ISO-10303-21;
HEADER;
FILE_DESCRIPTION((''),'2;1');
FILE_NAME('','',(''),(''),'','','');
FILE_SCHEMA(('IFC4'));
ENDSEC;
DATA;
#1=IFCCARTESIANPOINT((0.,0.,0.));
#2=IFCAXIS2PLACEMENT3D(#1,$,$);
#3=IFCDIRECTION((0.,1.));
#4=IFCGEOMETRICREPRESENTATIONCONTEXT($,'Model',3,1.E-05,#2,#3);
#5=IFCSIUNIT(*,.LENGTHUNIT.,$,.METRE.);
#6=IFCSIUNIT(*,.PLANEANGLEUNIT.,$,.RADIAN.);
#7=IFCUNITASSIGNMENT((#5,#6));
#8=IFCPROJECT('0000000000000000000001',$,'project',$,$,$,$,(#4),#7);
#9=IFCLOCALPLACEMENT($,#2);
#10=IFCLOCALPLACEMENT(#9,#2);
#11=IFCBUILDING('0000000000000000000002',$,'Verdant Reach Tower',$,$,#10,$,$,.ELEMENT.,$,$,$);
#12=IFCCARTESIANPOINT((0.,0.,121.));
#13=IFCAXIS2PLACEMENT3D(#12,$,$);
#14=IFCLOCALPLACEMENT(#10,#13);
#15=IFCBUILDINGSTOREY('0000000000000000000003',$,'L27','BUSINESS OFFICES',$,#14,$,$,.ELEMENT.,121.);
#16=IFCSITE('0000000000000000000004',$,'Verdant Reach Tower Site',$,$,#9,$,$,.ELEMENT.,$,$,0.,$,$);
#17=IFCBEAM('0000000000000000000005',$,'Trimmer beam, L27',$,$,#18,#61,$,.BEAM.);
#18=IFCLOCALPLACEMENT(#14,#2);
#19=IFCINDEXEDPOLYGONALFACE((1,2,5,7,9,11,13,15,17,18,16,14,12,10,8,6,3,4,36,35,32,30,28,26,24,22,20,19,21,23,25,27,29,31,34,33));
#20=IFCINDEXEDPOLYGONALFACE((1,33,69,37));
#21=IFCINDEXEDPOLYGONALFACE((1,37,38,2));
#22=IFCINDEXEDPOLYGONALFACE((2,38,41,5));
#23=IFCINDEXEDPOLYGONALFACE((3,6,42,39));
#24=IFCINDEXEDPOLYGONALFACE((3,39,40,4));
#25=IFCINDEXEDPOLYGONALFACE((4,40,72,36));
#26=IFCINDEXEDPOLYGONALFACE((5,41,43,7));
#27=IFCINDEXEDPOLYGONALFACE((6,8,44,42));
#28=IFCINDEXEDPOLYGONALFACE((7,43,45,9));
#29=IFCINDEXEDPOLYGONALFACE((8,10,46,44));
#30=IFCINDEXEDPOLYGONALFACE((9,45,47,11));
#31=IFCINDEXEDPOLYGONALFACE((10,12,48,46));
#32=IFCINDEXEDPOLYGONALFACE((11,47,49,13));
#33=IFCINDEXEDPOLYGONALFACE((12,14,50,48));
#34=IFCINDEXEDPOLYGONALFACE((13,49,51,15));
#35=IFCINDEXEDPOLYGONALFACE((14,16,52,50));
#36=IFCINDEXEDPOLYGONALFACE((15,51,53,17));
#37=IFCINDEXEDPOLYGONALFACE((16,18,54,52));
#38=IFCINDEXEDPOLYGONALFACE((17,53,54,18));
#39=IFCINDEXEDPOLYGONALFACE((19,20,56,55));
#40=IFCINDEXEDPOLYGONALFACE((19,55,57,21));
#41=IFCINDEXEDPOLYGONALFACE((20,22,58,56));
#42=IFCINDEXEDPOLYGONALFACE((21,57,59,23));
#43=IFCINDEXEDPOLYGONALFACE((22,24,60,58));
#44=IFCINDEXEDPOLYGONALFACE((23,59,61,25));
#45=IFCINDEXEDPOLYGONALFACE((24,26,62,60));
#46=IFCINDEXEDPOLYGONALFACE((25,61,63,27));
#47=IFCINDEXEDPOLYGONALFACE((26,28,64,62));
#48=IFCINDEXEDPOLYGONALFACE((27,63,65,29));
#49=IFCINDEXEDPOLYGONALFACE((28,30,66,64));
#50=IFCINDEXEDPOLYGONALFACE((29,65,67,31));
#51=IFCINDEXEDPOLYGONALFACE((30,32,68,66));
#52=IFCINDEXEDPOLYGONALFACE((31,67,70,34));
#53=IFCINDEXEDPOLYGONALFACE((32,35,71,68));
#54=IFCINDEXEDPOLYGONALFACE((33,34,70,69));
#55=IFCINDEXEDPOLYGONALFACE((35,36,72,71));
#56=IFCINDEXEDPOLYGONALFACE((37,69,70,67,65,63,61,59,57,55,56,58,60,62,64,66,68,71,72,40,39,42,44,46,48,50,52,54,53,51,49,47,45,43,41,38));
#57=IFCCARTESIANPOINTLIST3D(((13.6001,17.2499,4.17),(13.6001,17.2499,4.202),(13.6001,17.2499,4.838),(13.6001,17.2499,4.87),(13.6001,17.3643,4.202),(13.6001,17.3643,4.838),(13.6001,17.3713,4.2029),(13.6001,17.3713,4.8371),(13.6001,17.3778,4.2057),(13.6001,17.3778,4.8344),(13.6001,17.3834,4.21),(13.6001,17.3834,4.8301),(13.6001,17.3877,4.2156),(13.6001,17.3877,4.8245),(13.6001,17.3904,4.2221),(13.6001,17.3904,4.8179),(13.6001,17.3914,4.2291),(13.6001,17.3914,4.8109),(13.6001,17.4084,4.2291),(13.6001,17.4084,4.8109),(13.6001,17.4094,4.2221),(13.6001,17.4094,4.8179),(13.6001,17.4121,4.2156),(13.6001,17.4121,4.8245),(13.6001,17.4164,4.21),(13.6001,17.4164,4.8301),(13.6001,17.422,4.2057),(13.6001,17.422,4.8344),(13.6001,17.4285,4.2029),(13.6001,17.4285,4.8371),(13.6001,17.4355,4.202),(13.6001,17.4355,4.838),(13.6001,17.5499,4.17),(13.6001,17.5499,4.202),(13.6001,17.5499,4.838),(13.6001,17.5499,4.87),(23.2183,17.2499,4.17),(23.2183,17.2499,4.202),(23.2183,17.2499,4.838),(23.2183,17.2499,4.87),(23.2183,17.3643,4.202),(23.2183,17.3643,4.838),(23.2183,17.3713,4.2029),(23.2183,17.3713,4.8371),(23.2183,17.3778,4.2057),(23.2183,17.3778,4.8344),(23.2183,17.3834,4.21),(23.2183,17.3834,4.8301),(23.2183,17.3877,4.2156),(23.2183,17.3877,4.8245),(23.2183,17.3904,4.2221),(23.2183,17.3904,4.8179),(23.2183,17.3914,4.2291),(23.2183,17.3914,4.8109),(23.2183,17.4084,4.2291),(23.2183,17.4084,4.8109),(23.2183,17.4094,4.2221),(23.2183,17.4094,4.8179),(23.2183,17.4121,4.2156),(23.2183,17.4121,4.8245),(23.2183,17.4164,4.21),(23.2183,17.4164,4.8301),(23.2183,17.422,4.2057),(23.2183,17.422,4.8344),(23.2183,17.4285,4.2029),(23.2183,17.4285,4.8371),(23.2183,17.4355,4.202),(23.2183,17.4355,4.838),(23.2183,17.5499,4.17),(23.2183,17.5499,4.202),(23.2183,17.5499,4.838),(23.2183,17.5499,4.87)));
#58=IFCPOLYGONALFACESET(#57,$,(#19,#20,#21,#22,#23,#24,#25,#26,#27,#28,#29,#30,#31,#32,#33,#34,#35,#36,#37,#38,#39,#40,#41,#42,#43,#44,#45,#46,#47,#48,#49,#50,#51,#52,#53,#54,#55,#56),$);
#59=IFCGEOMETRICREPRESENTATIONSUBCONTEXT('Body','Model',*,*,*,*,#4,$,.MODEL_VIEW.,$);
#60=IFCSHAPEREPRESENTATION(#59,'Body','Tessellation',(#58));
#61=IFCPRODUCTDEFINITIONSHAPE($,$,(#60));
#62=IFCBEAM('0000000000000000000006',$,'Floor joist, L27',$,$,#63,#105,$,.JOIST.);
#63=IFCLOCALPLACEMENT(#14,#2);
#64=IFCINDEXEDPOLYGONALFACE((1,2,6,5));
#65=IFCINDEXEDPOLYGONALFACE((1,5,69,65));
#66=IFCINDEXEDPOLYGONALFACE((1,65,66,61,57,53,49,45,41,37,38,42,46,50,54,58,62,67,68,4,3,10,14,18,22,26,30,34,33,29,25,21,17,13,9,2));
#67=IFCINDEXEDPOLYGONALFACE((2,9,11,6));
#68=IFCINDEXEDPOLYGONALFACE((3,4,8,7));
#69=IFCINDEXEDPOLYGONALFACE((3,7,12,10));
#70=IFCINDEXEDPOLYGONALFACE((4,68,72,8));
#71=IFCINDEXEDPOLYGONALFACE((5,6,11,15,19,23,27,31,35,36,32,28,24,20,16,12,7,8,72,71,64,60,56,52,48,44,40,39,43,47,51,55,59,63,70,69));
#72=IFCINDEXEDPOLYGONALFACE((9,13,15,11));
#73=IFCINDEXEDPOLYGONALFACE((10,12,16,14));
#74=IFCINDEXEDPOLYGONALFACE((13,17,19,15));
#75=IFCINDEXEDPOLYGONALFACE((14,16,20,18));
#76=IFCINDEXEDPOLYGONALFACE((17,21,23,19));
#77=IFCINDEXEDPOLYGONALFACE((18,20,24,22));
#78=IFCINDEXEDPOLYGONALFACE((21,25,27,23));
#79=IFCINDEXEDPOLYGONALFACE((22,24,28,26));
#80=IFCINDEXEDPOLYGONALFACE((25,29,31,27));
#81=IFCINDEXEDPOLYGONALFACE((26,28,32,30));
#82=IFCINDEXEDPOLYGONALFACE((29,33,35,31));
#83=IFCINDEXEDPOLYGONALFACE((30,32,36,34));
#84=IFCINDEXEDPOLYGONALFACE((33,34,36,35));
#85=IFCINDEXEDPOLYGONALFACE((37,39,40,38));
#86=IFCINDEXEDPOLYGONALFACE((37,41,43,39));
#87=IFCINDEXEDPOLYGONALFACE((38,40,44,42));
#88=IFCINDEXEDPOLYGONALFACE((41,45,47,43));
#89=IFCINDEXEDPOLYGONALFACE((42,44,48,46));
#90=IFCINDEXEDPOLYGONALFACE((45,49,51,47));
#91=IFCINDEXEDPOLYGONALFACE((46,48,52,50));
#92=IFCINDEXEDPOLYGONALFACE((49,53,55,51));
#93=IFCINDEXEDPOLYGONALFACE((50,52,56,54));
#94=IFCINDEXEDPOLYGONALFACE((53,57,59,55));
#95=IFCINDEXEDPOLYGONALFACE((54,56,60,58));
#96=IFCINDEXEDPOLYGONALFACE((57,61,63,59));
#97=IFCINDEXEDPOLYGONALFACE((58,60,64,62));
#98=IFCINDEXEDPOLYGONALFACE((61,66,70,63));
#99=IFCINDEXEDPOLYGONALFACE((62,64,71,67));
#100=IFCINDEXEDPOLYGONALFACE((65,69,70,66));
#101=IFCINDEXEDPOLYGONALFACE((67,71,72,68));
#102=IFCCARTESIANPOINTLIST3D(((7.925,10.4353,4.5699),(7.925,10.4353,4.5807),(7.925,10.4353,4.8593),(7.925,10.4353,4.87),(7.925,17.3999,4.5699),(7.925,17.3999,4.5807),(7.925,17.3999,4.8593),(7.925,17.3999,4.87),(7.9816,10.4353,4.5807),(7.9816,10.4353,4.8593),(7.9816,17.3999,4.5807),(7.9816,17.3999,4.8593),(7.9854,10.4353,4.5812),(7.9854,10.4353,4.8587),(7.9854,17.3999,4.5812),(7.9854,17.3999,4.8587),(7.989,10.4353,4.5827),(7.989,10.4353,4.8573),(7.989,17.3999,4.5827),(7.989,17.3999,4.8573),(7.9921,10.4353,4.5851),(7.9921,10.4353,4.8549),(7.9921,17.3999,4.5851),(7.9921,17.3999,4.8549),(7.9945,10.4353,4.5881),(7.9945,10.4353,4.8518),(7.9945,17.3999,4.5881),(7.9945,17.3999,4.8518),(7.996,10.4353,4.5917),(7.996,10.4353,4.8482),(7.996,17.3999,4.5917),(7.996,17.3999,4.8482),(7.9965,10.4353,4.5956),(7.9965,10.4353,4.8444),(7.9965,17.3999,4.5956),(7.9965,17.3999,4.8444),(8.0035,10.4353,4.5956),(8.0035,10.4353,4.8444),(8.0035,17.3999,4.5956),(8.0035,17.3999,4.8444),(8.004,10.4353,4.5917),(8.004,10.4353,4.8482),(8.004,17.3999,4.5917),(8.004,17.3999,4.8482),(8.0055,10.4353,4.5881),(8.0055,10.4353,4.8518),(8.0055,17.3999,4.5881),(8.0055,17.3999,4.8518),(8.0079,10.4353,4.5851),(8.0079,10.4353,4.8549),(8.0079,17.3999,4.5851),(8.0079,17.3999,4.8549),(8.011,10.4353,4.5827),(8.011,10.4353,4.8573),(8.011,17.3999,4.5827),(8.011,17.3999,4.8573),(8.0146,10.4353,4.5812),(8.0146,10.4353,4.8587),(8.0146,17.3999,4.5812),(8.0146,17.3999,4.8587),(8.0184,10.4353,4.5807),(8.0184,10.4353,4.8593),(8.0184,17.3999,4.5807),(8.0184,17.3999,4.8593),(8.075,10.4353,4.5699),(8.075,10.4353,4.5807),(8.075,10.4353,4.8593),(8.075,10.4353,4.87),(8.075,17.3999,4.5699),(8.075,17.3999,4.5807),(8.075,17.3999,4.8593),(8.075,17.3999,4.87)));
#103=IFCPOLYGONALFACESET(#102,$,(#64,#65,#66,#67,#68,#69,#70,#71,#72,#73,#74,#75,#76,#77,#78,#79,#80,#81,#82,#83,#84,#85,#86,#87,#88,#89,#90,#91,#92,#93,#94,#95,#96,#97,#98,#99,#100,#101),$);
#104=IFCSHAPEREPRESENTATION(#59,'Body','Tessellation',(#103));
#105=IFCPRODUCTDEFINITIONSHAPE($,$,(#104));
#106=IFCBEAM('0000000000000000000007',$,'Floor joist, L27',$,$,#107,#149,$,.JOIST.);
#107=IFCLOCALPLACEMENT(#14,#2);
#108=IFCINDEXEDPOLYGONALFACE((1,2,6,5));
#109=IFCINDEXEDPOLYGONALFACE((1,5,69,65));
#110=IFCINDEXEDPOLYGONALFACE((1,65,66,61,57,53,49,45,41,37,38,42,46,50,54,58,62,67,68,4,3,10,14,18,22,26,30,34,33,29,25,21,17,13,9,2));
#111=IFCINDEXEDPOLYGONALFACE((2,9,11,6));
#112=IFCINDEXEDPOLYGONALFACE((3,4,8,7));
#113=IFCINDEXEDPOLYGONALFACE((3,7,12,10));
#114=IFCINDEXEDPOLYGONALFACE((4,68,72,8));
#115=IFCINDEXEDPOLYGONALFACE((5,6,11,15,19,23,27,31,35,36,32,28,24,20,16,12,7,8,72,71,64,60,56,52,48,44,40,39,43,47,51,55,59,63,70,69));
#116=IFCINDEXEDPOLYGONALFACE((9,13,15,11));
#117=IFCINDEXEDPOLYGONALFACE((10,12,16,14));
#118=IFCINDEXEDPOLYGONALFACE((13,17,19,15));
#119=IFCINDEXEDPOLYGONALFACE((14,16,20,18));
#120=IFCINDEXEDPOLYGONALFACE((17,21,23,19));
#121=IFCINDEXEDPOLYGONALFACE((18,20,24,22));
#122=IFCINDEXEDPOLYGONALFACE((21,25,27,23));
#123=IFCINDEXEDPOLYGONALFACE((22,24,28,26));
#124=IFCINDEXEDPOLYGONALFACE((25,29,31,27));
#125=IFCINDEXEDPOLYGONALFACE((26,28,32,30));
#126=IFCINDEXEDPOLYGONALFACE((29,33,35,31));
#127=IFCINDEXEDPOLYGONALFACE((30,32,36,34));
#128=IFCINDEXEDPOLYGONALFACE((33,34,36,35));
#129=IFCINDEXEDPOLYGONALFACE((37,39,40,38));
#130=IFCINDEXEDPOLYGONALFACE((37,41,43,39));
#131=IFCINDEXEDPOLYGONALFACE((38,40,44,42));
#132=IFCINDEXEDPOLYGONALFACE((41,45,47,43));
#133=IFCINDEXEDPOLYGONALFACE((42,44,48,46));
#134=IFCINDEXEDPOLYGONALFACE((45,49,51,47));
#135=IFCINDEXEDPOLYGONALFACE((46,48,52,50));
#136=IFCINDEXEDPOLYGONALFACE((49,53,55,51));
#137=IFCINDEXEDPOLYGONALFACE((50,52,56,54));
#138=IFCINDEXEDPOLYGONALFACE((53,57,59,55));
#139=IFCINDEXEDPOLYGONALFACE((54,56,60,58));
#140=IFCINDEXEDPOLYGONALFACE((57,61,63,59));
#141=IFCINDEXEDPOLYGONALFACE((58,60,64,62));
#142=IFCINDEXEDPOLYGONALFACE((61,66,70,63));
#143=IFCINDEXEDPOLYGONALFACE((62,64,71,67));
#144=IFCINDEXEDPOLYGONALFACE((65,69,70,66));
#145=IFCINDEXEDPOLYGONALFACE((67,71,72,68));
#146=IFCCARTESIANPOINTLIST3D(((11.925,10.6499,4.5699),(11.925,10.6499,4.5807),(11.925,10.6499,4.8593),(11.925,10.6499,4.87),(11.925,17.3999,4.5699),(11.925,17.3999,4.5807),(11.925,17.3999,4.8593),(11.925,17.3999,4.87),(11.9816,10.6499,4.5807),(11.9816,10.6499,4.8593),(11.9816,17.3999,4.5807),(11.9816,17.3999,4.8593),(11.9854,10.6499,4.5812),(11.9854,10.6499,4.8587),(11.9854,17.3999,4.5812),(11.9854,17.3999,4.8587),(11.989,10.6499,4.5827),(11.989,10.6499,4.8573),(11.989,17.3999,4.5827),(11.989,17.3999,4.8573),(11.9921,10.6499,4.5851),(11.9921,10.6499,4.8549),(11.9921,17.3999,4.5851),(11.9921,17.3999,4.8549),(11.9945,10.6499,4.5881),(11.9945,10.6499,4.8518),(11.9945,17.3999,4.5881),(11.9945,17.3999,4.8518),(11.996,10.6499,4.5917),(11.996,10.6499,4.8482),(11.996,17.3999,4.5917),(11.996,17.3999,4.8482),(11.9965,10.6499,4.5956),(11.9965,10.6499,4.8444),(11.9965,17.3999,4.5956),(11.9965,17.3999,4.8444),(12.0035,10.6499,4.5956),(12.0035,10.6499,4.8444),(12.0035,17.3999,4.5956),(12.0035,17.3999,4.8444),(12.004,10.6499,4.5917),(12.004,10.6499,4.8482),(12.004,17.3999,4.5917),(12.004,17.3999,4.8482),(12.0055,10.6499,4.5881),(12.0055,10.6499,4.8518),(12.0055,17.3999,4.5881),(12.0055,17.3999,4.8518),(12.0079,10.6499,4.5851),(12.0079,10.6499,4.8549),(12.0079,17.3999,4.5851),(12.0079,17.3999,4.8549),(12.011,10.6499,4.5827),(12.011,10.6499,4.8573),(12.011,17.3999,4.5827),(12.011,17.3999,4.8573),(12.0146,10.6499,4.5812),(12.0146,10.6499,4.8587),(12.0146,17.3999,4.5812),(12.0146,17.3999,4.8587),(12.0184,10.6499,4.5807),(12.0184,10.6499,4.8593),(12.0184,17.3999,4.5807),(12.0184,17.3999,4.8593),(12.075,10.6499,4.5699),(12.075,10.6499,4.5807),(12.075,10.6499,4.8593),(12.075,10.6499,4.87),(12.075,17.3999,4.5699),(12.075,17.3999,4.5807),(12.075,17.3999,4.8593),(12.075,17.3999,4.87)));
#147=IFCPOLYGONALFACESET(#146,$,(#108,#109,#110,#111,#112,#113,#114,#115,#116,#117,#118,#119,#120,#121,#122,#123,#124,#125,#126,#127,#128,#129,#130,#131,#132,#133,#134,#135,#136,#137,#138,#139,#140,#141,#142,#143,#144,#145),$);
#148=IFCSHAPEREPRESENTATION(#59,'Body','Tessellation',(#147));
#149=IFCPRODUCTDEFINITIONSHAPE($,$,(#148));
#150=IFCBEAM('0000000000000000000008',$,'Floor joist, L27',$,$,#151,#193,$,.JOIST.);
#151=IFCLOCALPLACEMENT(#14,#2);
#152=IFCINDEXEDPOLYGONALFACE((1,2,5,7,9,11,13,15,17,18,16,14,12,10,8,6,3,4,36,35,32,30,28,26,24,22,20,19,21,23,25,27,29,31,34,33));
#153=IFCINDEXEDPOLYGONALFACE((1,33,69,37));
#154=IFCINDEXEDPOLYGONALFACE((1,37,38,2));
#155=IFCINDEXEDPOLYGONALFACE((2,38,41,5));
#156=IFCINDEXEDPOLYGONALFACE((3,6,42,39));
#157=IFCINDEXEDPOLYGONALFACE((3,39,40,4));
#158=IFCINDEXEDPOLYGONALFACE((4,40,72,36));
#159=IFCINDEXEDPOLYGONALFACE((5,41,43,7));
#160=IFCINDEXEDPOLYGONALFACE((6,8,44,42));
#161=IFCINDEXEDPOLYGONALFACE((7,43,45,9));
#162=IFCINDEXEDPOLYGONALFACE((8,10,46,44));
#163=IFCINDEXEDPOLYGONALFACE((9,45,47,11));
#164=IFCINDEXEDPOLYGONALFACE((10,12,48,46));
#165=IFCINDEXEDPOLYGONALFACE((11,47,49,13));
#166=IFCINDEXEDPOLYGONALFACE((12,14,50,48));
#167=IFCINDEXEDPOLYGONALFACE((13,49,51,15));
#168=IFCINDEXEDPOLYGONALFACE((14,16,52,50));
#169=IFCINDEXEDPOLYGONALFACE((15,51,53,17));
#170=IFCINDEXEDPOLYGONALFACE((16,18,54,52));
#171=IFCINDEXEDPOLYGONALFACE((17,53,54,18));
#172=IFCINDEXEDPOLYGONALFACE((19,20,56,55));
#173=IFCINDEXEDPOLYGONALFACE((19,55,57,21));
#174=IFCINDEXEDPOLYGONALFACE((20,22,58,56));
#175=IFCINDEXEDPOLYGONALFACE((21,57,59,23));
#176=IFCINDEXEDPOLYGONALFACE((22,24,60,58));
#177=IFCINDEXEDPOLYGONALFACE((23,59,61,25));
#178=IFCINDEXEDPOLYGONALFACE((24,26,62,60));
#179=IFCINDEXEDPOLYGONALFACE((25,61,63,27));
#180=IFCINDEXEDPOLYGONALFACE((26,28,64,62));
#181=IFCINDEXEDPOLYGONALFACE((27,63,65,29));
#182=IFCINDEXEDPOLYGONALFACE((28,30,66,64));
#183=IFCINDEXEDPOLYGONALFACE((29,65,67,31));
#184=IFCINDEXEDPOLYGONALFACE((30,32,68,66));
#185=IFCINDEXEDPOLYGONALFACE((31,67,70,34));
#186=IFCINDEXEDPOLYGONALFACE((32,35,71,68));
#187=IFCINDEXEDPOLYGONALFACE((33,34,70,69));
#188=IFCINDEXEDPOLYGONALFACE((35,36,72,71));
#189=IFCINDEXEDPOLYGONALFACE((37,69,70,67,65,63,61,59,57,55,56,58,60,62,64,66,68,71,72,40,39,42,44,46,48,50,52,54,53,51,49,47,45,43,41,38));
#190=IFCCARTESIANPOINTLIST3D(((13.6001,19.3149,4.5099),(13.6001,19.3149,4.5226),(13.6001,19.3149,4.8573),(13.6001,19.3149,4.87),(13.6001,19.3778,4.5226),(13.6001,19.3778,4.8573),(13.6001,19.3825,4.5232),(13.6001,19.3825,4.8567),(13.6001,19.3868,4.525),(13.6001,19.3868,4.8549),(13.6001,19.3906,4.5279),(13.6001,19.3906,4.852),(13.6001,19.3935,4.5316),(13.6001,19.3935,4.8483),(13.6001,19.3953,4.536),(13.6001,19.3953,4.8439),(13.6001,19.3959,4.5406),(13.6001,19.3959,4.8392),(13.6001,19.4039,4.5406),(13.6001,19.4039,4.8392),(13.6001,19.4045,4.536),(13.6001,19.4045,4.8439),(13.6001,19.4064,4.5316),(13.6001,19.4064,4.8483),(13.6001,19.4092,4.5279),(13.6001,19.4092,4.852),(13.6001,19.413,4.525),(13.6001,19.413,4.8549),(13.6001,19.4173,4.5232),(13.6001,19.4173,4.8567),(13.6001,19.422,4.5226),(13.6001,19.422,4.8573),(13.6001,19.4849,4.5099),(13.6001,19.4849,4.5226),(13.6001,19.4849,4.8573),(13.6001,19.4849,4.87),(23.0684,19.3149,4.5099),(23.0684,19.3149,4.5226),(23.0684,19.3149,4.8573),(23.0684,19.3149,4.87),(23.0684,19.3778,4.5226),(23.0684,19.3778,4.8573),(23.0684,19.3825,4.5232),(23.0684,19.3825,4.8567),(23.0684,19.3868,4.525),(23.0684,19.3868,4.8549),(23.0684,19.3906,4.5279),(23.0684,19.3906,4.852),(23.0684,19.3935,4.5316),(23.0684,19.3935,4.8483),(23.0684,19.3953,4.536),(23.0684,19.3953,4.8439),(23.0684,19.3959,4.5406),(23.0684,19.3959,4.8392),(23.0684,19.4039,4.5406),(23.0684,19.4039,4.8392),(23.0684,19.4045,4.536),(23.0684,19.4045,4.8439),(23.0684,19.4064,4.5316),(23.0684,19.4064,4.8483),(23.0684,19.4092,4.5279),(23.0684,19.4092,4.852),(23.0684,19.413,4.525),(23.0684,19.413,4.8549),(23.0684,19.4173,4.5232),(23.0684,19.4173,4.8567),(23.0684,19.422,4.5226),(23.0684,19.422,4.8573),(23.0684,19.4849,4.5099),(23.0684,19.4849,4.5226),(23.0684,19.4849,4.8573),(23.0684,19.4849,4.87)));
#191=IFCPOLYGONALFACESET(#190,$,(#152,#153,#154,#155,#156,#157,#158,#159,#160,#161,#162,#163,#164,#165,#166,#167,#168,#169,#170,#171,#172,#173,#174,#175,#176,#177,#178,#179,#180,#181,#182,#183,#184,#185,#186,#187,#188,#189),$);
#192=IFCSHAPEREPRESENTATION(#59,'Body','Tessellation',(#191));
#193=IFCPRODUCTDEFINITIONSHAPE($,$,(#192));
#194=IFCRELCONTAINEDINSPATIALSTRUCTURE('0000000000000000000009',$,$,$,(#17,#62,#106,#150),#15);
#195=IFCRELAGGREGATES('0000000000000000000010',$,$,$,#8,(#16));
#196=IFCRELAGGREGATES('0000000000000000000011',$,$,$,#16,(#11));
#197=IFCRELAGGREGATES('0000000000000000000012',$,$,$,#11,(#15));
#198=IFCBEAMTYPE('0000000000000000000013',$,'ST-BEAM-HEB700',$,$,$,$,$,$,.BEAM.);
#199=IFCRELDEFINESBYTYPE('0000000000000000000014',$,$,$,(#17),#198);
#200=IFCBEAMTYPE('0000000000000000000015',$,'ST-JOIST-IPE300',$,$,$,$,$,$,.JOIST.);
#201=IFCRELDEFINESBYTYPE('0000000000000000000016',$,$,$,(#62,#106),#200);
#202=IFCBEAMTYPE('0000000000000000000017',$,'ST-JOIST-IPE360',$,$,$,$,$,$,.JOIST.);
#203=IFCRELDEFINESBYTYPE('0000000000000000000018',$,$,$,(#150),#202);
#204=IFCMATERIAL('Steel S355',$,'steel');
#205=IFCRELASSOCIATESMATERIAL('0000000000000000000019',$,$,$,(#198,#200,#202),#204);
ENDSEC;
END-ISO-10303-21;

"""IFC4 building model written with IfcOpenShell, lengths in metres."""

from ifc_helpers import new_model, si_unit, direction, frame, origin, origin_2d, place, context, subcontext, project, spatial, i_section, extrude, material, material_profile, profile_set, type_object, element, save


model = new_model("IFC4")

# Units and contexts
model_context = context("Model", 3, precision=1e-05, world=origin(), true_north=direction((0.0, 1.0)))
body_context = subcontext(model_context, "Body", "Model", "MODEL_VIEW")
ifc_project = project(units=[si_unit("LENGTHUNIT", "METRE"), si_unit("PLANEANGLEUNIT", "RADIAN")], contexts=[model_context])

# Site, building, storey
site_placement = place(None, origin())
site = spatial("IfcSite", under=ifc_project, at=site_placement, Name="Verdant Reach Tower Site", CompositionType="ELEMENT", RefElevation=0.0)
building_placement = place(site_placement, origin())
building = spatial("IfcBuilding", under=site, at=building_placement, Name="Verdant Reach Tower", CompositionType="ELEMENT")
storey_placement = place(building_placement, frame((0.0, 0.0, 121.0)))
storey = spatial("IfcBuildingStorey", under=building, at=storey_placement, Name="L27", Description="BUSINESS OFFICES", CompositionType="ELEMENT", Elevation=121.0)

# Beams
ifc_material_1 = material(Name="Steel S355", Category="steel")
ifc_material_profile_1 = material_profile(ifc_material_1, i_section(OverallWidth=0.3, OverallDepth=0.7, WebThickness=0.0171, FlangeThickness=0.032, FilletRadius=0.0271, at=origin_2d()), Name="HEB 700")
ifc_profile_set_1 = profile_set([ifc_material_profile_1], Name="Steel S355")
beam_type_1 = type_object("IfcBeamType", Name="ST-BEAM-HEB700", PredefinedType="BEAM", material=ifc_profile_set_1)
beam_1_placement = place(storey_placement, frame((13.6001, 17.3999, 4.52), z_axis=(1.0, 0.0, 0.0), x_axis=(0.0, 1.0, 0.0)))
element("IfcBeam", 1, at=beam_1_placement, inside=storey, type_object=beam_type_1, Name="Trimmer beam, L27", PredefinedType="BEAM", context=body_context, shape_type="SweptSolid", body=[
    extrude(i_section(OverallWidth=0.3, OverallDepth=0.7, WebThickness=0.0171, FlangeThickness=0.032, FilletRadius=0.0271, at=origin_2d()), origin(), (0.0, 0.0, 1.0), 9.6182),
])
ifc_material_profile_2 = material_profile(ifc_material_1, i_section(OverallWidth=0.1499, OverallDepth=0.3, WebThickness=0.0071, FlangeThickness=0.0107, FilletRadius=0.0149, at=origin_2d()), Name="IPE 300")
ifc_profile_set_2 = profile_set([ifc_material_profile_2], Name="Steel S355")
beam_type_2 = type_object("IfcBeamType", Name="ST-JOIST-IPE300", PredefinedType="JOIST", material=ifc_profile_set_2)
beam_2_placement = place(storey_placement, frame((8.0, 17.3999, 4.72), z_axis=(0.0, -1.0, 0.0), x_axis=(1.0, 0.0, 0.0)))
element("IfcBeam", 2, at=beam_2_placement, inside=storey, type_object=beam_type_2, Name="Floor joist, L27", PredefinedType="JOIST", context=body_context, shape_type="SweptSolid", body=[
    extrude(i_section(OverallWidth=0.1499, OverallDepth=0.3, WebThickness=0.0071, FlangeThickness=0.0107, FilletRadius=0.0149, at=origin_2d()), origin(), (0.0, 0.0, 1.0), 6.9646),
])
beam_3_placement = place(storey_placement, frame((12.0, 17.3999, 4.72), z_axis=(0.0, -1.0, 0.0), x_axis=(1.0, 0.0, 0.0)))
element("IfcBeam", 3, at=beam_3_placement, inside=storey, type_object=beam_type_2, Name="Floor joist, L27", PredefinedType="JOIST", context=body_context, shape_type="SweptSolid", body=[
    extrude(i_section(OverallWidth=0.1499, OverallDepth=0.3, WebThickness=0.0071, FlangeThickness=0.0107, FilletRadius=0.0149, at=origin_2d()), origin(), (0.0, 0.0, 1.0), 6.75),
])
ifc_material_profile_3 = material_profile(ifc_material_1, i_section(OverallWidth=0.1699, OverallDepth=0.3601, WebThickness=0.0081, FlangeThickness=0.0127, FilletRadius=0.0181, at=origin_2d()), Name="IPE 360")
ifc_profile_set_3 = profile_set([ifc_material_profile_3], Name="Steel S355")
beam_type_3 = type_object("IfcBeamType", Name="ST-JOIST-IPE360", PredefinedType="JOIST", material=ifc_profile_set_3)
beam_4_placement = place(storey_placement, frame((13.6001, 19.3999, 4.6899), z_axis=(1.0, 0.0, 0.0), x_axis=(0.0, 1.0, 0.0)))
element("IfcBeam", 4, at=beam_4_placement, inside=storey, type_object=beam_type_3, Name="Floor joist, L27", PredefinedType="JOIST", context=body_context, shape_type="SweptSolid", body=[
    extrude(i_section(OverallWidth=0.1699, OverallDepth=0.3601, WebThickness=0.0081, FlangeThickness=0.0127, FilletRadius=0.0181, at=origin_2d()), origin(), (0.0, 0.0, 1.0), 9.4683),
])

save(model, "model.ifc")
